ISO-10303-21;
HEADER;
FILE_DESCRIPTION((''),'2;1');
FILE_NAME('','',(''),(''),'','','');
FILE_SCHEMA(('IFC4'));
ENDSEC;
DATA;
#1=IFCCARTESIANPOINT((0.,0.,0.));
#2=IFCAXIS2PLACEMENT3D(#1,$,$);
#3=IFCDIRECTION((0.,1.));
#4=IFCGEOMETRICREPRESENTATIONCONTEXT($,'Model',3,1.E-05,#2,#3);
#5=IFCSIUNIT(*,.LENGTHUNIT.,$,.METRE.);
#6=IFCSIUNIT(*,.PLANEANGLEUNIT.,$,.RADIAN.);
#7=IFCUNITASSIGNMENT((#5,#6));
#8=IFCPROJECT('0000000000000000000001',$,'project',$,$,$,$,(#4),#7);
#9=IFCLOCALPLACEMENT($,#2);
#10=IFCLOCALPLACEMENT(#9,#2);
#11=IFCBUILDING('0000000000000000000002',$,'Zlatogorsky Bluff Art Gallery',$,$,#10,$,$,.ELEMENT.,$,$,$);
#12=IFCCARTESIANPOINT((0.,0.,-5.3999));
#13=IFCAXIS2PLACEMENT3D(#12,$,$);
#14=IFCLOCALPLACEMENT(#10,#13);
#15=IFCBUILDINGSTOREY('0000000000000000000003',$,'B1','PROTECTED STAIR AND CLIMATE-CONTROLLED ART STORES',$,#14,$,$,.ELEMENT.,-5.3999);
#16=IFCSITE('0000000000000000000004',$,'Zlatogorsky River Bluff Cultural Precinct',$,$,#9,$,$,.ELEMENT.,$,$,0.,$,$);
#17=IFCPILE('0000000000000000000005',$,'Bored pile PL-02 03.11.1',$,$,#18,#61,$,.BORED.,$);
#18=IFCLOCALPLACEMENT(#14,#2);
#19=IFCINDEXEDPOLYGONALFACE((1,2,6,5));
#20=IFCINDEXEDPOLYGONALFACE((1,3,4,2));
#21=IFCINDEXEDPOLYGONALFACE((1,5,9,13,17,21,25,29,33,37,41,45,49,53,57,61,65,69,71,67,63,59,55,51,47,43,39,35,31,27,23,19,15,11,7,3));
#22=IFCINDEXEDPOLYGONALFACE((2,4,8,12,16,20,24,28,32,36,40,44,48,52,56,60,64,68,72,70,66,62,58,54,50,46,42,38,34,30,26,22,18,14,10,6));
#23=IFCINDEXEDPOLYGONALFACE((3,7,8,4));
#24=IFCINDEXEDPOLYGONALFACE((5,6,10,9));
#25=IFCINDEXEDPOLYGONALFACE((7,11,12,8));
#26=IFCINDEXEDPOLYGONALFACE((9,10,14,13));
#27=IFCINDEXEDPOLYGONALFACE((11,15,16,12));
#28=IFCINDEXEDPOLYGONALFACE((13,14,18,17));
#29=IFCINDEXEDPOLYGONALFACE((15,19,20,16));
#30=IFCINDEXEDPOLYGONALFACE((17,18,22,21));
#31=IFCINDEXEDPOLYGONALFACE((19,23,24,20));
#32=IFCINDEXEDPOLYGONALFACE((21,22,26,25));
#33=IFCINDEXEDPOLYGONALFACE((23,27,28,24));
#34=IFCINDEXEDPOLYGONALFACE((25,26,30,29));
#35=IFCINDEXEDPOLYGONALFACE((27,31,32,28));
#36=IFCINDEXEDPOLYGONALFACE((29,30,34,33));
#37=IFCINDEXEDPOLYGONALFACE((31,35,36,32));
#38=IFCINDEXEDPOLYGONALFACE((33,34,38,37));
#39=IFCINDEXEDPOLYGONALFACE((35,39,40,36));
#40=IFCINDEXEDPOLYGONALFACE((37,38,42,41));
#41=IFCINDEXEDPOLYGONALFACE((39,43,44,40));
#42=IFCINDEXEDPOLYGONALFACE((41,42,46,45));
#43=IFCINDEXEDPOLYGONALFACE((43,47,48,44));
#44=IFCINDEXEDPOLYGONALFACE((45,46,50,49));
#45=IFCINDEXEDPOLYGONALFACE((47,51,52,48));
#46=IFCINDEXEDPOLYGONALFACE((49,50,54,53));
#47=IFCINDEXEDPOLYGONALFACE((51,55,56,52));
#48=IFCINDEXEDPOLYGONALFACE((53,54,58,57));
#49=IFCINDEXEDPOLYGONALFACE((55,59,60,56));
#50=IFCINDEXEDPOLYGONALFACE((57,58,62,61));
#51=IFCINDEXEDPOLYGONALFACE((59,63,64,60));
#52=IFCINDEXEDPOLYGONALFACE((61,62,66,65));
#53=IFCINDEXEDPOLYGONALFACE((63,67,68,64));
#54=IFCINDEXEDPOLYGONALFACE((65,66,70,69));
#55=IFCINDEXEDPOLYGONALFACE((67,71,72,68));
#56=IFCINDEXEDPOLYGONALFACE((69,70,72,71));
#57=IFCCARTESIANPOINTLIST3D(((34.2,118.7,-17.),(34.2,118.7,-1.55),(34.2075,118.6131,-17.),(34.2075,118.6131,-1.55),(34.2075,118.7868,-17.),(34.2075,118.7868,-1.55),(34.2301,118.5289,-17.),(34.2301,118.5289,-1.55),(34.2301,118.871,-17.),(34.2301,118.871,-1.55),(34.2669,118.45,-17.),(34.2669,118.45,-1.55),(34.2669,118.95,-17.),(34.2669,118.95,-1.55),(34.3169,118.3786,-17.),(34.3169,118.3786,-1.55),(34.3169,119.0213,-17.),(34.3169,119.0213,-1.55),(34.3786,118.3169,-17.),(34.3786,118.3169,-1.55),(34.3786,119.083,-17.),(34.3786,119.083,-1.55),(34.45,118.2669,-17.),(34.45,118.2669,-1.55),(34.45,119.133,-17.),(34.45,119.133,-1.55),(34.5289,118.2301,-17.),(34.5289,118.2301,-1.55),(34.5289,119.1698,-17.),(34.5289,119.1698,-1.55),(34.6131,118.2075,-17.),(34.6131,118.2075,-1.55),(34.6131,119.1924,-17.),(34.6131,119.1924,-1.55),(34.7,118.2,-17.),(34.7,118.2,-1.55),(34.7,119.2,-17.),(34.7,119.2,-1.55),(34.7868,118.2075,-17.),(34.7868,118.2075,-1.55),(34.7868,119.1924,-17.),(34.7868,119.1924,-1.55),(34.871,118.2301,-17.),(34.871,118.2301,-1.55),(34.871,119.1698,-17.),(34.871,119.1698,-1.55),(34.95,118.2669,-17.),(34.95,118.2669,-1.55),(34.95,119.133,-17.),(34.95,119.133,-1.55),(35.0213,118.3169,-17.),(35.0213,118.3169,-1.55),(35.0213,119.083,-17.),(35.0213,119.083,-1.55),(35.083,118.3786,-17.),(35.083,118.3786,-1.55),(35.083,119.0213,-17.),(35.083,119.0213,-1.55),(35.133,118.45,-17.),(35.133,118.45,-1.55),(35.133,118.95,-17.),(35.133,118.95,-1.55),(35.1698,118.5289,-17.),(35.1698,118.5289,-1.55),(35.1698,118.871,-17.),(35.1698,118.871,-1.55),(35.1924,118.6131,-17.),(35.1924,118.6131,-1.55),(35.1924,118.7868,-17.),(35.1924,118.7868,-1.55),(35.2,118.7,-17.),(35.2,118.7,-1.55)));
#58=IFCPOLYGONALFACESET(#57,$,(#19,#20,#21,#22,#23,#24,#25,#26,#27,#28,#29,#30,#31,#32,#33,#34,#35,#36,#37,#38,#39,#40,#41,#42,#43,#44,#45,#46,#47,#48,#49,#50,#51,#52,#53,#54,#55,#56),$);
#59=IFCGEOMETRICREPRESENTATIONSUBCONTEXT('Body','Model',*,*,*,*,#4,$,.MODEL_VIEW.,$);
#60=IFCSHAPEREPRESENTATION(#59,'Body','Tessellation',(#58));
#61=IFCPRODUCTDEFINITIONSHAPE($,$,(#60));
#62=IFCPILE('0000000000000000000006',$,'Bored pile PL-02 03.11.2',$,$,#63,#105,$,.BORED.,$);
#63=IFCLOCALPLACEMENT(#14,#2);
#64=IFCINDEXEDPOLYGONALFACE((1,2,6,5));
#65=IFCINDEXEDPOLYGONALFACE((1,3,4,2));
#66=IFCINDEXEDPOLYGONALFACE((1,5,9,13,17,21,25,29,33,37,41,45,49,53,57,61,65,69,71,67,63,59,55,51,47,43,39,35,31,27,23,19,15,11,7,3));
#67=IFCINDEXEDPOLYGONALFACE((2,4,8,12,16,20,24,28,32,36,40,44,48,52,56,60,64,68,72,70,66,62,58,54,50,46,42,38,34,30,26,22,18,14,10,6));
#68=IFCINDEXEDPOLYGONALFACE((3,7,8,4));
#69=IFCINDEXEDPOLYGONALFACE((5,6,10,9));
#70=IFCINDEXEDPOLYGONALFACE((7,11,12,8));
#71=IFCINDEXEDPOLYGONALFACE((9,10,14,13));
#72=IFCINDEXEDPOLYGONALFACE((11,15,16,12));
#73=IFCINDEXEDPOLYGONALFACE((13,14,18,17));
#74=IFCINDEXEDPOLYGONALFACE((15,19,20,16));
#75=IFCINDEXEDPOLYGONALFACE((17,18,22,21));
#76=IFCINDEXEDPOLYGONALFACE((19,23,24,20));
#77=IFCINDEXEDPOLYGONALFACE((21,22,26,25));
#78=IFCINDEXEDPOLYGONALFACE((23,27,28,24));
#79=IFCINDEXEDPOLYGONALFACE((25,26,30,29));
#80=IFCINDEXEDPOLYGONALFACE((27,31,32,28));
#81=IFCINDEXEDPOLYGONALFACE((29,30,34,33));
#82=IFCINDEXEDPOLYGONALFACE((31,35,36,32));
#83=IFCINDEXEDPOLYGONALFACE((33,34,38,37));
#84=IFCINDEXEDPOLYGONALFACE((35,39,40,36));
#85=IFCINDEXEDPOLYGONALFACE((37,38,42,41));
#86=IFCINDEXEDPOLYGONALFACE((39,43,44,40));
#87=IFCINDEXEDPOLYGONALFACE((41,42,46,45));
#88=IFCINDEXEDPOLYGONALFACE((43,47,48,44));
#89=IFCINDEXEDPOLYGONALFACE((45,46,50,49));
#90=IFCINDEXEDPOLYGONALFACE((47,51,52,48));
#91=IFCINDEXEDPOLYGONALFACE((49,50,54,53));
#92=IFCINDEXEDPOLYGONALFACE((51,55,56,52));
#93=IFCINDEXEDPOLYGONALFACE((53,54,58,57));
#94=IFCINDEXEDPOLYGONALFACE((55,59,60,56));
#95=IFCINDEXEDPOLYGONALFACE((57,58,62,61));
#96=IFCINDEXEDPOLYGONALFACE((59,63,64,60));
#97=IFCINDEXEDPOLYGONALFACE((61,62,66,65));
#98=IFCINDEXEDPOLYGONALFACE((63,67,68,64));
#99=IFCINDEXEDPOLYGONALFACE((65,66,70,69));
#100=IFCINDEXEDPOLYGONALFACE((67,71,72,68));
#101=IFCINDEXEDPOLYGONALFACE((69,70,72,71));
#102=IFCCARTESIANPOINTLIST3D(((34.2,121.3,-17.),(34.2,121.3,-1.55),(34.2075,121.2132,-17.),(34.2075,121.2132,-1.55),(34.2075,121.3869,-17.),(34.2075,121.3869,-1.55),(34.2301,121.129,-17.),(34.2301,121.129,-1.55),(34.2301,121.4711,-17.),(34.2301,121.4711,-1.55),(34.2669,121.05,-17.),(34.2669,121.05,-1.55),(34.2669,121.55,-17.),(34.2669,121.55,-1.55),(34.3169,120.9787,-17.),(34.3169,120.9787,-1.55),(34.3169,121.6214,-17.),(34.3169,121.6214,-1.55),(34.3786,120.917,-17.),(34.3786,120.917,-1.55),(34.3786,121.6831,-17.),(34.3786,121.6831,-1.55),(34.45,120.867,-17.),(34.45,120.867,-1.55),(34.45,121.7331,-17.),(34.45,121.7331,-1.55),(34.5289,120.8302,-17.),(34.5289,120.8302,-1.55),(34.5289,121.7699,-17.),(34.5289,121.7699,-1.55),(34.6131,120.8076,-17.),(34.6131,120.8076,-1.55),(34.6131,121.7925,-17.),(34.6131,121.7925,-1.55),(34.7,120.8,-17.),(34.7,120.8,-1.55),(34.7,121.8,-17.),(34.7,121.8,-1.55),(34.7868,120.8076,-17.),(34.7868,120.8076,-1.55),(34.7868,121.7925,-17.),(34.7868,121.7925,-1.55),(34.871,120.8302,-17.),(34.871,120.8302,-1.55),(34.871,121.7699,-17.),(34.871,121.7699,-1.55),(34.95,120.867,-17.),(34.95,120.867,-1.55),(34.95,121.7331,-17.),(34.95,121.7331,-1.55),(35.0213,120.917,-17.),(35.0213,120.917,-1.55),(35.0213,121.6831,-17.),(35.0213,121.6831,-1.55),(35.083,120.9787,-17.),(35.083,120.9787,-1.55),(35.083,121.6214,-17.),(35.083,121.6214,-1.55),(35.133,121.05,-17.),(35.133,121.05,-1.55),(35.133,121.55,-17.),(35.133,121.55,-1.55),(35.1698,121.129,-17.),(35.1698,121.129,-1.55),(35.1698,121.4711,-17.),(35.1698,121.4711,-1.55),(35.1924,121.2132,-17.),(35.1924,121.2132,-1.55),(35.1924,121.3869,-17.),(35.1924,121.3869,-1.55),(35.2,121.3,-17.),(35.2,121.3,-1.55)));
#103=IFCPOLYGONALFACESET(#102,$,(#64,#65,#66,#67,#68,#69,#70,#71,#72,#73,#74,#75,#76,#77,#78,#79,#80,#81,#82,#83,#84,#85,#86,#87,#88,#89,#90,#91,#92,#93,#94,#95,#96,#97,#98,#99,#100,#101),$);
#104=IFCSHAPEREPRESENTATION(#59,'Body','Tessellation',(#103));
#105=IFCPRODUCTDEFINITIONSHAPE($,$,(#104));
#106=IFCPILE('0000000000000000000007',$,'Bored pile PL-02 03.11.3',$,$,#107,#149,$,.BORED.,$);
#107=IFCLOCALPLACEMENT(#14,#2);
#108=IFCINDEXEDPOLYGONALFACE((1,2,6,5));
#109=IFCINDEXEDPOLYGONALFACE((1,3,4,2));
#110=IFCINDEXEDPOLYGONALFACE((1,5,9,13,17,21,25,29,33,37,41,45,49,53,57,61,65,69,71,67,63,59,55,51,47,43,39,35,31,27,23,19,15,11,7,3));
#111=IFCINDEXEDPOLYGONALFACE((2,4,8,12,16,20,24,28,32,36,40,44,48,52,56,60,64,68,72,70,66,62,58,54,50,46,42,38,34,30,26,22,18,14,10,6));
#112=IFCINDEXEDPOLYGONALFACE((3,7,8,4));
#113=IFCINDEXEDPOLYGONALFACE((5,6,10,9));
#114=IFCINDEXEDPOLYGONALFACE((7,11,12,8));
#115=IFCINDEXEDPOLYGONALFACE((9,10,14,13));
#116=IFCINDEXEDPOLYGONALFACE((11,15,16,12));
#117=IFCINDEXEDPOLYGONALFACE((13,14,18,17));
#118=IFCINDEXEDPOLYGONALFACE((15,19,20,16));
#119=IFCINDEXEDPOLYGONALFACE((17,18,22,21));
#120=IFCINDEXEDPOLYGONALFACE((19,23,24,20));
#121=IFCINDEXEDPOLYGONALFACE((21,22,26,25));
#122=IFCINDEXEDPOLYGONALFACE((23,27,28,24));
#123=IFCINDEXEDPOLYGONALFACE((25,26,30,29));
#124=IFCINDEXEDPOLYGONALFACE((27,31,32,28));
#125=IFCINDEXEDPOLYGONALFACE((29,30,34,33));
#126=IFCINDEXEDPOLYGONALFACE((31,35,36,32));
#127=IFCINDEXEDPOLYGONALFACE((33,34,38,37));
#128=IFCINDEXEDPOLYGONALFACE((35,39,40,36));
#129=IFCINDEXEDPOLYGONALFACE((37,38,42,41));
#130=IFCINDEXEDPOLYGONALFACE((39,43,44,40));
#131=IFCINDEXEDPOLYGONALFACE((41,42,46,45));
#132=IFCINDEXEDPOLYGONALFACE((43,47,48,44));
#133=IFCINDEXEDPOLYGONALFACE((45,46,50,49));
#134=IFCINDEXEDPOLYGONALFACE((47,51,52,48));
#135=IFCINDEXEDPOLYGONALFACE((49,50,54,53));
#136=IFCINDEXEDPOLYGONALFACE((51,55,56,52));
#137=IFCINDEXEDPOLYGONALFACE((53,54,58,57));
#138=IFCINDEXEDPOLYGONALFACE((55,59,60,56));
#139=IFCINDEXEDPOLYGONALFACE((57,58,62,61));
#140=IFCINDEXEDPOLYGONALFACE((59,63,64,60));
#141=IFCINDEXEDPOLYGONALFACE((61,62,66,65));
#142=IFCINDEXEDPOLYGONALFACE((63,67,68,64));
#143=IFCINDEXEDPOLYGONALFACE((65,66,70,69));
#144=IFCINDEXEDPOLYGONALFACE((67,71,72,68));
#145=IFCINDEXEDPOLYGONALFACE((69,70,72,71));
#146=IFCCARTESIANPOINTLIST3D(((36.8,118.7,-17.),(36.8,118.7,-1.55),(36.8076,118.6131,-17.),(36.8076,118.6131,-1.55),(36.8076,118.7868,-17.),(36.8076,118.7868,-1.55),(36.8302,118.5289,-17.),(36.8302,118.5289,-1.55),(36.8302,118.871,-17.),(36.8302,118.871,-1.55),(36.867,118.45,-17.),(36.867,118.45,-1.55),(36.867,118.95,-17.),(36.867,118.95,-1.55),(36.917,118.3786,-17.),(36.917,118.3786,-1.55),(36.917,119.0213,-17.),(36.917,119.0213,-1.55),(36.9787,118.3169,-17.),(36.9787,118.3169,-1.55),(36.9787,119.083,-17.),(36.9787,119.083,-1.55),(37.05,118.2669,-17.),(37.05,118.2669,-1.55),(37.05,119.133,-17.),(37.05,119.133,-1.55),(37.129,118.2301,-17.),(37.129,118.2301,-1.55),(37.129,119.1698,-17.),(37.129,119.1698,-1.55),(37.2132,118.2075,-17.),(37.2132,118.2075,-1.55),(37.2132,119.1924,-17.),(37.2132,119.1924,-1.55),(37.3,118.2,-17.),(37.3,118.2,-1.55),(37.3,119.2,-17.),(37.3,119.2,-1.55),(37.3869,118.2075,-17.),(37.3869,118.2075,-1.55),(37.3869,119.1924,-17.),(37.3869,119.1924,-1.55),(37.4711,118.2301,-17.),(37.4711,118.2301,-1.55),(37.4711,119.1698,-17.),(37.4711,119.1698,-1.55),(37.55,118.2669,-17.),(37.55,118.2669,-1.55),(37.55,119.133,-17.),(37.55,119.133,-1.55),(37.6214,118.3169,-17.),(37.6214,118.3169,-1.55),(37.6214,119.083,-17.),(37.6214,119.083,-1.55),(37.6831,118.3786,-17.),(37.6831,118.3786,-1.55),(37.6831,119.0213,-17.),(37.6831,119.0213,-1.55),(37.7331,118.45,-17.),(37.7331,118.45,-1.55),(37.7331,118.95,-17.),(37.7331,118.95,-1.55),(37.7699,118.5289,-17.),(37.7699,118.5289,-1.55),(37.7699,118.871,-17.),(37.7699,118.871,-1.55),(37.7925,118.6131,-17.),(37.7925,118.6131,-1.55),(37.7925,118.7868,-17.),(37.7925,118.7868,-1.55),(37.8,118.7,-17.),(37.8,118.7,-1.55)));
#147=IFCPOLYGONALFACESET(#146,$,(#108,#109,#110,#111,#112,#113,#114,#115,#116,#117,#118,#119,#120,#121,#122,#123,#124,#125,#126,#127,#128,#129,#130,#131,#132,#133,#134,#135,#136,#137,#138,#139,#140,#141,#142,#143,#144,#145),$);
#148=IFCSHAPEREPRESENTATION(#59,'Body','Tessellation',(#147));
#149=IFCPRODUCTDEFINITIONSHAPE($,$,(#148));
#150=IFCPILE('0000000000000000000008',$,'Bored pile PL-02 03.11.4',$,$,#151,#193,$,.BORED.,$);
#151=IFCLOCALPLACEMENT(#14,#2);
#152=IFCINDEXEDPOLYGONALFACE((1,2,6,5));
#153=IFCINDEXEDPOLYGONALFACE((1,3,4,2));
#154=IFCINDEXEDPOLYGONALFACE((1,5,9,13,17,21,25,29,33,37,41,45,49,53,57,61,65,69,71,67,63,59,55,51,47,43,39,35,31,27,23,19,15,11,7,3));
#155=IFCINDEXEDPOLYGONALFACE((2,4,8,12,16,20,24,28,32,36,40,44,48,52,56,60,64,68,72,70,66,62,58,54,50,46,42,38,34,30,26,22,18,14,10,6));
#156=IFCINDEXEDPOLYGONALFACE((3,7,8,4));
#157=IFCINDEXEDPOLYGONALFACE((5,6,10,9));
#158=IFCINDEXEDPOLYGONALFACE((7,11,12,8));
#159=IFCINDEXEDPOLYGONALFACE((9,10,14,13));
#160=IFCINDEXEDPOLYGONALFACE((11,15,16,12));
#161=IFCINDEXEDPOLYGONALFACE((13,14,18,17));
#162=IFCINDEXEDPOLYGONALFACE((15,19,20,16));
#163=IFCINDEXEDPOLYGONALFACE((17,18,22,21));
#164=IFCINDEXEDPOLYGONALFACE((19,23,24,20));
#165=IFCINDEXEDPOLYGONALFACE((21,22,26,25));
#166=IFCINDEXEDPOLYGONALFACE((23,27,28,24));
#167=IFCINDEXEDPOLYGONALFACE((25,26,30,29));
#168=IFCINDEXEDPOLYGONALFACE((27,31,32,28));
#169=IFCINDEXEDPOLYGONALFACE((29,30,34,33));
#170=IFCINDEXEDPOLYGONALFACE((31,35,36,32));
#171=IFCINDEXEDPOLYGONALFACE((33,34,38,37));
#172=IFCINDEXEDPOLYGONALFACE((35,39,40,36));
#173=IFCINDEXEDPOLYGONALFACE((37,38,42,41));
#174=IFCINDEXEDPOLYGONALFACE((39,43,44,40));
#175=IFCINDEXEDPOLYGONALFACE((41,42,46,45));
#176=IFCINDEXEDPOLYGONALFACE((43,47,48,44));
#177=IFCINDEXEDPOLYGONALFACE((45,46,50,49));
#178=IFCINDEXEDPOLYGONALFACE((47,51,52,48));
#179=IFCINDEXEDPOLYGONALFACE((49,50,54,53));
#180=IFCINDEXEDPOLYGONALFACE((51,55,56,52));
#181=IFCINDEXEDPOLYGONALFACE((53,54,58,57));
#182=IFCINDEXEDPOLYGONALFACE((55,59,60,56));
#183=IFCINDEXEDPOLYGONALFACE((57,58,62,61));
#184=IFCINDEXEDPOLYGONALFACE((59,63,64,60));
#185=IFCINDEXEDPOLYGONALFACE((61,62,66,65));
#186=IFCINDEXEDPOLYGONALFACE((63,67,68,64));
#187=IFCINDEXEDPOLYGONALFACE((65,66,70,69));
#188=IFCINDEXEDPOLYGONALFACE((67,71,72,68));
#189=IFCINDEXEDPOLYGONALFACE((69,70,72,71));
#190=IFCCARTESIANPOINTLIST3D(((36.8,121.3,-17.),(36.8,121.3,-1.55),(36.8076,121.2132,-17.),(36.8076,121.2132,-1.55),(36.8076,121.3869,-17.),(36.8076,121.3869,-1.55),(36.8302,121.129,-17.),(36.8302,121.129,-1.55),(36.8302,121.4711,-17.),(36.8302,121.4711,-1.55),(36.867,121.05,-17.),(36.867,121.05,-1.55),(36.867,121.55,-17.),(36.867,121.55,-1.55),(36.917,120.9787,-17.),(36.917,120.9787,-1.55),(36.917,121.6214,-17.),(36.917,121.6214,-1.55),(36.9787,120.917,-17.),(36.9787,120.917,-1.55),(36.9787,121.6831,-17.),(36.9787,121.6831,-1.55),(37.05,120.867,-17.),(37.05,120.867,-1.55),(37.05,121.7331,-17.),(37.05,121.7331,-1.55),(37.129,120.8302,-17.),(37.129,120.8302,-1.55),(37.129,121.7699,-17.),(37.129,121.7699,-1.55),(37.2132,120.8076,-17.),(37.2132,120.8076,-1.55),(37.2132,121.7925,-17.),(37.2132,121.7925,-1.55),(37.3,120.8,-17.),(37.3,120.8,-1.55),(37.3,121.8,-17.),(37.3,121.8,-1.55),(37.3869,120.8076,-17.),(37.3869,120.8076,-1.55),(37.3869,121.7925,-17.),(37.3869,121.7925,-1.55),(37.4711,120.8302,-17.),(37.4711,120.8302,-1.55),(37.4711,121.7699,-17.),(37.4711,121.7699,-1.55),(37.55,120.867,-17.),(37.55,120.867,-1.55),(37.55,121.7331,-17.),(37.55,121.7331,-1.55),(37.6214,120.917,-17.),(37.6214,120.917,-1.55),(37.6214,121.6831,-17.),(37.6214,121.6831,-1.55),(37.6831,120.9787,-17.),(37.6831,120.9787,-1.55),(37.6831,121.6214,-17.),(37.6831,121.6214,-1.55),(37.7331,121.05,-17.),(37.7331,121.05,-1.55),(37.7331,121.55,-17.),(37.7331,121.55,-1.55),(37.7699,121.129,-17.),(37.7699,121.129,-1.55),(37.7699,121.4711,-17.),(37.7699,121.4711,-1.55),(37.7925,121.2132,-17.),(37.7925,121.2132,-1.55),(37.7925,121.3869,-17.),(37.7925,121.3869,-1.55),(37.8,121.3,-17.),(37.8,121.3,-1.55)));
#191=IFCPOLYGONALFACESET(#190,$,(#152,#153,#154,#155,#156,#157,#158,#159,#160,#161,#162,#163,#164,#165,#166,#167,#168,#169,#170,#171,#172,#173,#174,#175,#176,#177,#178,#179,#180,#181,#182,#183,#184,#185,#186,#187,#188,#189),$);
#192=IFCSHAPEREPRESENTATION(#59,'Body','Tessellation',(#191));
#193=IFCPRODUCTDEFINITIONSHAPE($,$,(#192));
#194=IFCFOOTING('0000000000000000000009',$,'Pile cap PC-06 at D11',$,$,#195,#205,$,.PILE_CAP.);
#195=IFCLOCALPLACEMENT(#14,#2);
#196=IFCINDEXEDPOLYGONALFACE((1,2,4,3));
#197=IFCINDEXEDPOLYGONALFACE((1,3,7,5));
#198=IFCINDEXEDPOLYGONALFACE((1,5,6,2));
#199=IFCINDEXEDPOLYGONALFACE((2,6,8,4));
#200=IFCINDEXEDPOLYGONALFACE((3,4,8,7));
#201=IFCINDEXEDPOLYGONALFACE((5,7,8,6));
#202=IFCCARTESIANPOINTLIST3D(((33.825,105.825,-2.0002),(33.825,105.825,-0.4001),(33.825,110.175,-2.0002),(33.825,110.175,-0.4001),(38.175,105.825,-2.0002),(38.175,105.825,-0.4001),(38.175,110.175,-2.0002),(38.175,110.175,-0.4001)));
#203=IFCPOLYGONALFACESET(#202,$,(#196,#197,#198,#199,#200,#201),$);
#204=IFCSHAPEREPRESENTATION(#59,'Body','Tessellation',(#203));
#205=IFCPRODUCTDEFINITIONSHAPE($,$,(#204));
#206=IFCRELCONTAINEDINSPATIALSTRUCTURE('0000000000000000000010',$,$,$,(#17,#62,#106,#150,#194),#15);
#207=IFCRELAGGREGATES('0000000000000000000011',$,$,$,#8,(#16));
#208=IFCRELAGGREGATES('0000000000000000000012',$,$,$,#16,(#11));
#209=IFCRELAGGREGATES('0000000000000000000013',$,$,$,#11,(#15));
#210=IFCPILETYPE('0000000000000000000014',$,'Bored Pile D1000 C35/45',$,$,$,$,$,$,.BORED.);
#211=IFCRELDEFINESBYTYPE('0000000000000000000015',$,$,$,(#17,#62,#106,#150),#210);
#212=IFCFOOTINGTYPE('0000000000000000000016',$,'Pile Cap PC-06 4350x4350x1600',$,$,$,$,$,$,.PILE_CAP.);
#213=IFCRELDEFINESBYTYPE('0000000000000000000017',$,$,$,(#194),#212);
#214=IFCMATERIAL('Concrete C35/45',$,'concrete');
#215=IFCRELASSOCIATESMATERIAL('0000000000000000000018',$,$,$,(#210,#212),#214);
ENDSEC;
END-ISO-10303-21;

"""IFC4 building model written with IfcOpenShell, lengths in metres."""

from ifc_helpers import new_model, si_unit, direction, frame, origin, origin_2d, place, context, subcontext, project, spatial, rectangle, circle, extrude, material, material_profile, profile_set, type_object, element, save


model = new_model("IFC4")

# Units and contexts
model_context = context("Model", 3, precision=1e-05, world=origin(), true_north=direction((0.0, 1.0)))
body_context = subcontext(model_context, "Body", "Model", "MODEL_VIEW")
ifc_project = project(units=[si_unit("LENGTHUNIT", "METRE"), si_unit("PLANEANGLEUNIT", "RADIAN")], contexts=[model_context])

# Site, building, storey
site_placement = place(None, origin())
site = spatial("IfcSite", under=ifc_project, at=site_placement, Name="Zlatogorsky River Bluff Cultural Precinct", CompositionType="ELEMENT", RefElevation=0.0)
building_placement = place(site_placement, origin())
building = spatial("IfcBuilding", under=site, at=building_placement, Name="Zlatogorsky Bluff Art Gallery", CompositionType="ELEMENT")
storey_placement = place(building_placement, frame((0.0, 0.0, -5.3999)))
storey = spatial("IfcBuildingStorey", under=building, at=storey_placement, Name="B1", Description="PROTECTED STAIR AND CLIMATE-CONTROLLED ART STORES", CompositionType="ELEMENT", Elevation=-5.3999)

# Piles
ifc_material_1 = material(Name="Concrete C35/45", Category="concrete")
ifc_material_profile_1 = material_profile(ifc_material_1, circle(Radius=0.5, at=origin_2d()), Name="BORED PILE D1000")
ifc_profile_set_1 = profile_set([ifc_material_profile_1], Name="Concrete C35/45")
pile_type = type_object("IfcPileType", Name="Bored Pile D1000 C35/45", PredefinedType="BORED", material=ifc_profile_set_1)
for number, where, z_axis, x_axis, name in (
    (1, (34.7, 118.7, -1.55), (0.0, 0.0, -1.0), (1.0, 0.0, 0.0), "Bored pile PL-02 03.11.1"),
    (2, (34.7, 121.3, -1.55), (0.0, 0.0, -1.0), (1.0, 0.0, 0.0), "Bored pile PL-02 03.11.2"),
    (3, (37.3, 118.7, -1.55), (0.0, 0.0, -1.0), (1.0, 0.0, 0.0), "Bored pile PL-02 03.11.3"),
    (4, (37.3, 121.3, -1.55), (0.0, 0.0, -1.0), (1.0, 0.0, 0.0), "Bored pile PL-02 03.11.4"),
):
    element("IfcPile", number, at=place(storey_placement, frame(where, z_axis=z_axis, x_axis=x_axis)), inside=storey, type_object=pile_type, Name=name, PredefinedType="BORED", context=body_context, shape_type="SweptSolid", body=[
        extrude(circle(Radius=0.5, at=origin_2d()), origin(), (0.0, 0.0, 1.0), 15.45),
    ])

# Footing
footing_type_1 = type_object("IfcFootingType", Name="Pile Cap PC-06 4350x4350x1600", PredefinedType="PILE_CAP", material=ifc_material_1)
footing_1_placement = place(storey_placement, frame((36.0, 108.0, -2.0002), z_axis=(0.0, 0.0, 1.0), x_axis=(1.0, 0.0, 0.0)))
element("IfcFooting", 5, at=footing_1_placement, inside=storey, type_object=footing_type_1, Name="Pile cap PC-06 at D11", PredefinedType="PILE_CAP", context=body_context, shape_type="SweptSolid", body=[
    extrude(rectangle(XDim=4.3501, YDim=4.3501, at=origin_2d()), origin(), (0.0, 0.0, 1.0), 1.6001),
])

save(model, "model.ifc")
